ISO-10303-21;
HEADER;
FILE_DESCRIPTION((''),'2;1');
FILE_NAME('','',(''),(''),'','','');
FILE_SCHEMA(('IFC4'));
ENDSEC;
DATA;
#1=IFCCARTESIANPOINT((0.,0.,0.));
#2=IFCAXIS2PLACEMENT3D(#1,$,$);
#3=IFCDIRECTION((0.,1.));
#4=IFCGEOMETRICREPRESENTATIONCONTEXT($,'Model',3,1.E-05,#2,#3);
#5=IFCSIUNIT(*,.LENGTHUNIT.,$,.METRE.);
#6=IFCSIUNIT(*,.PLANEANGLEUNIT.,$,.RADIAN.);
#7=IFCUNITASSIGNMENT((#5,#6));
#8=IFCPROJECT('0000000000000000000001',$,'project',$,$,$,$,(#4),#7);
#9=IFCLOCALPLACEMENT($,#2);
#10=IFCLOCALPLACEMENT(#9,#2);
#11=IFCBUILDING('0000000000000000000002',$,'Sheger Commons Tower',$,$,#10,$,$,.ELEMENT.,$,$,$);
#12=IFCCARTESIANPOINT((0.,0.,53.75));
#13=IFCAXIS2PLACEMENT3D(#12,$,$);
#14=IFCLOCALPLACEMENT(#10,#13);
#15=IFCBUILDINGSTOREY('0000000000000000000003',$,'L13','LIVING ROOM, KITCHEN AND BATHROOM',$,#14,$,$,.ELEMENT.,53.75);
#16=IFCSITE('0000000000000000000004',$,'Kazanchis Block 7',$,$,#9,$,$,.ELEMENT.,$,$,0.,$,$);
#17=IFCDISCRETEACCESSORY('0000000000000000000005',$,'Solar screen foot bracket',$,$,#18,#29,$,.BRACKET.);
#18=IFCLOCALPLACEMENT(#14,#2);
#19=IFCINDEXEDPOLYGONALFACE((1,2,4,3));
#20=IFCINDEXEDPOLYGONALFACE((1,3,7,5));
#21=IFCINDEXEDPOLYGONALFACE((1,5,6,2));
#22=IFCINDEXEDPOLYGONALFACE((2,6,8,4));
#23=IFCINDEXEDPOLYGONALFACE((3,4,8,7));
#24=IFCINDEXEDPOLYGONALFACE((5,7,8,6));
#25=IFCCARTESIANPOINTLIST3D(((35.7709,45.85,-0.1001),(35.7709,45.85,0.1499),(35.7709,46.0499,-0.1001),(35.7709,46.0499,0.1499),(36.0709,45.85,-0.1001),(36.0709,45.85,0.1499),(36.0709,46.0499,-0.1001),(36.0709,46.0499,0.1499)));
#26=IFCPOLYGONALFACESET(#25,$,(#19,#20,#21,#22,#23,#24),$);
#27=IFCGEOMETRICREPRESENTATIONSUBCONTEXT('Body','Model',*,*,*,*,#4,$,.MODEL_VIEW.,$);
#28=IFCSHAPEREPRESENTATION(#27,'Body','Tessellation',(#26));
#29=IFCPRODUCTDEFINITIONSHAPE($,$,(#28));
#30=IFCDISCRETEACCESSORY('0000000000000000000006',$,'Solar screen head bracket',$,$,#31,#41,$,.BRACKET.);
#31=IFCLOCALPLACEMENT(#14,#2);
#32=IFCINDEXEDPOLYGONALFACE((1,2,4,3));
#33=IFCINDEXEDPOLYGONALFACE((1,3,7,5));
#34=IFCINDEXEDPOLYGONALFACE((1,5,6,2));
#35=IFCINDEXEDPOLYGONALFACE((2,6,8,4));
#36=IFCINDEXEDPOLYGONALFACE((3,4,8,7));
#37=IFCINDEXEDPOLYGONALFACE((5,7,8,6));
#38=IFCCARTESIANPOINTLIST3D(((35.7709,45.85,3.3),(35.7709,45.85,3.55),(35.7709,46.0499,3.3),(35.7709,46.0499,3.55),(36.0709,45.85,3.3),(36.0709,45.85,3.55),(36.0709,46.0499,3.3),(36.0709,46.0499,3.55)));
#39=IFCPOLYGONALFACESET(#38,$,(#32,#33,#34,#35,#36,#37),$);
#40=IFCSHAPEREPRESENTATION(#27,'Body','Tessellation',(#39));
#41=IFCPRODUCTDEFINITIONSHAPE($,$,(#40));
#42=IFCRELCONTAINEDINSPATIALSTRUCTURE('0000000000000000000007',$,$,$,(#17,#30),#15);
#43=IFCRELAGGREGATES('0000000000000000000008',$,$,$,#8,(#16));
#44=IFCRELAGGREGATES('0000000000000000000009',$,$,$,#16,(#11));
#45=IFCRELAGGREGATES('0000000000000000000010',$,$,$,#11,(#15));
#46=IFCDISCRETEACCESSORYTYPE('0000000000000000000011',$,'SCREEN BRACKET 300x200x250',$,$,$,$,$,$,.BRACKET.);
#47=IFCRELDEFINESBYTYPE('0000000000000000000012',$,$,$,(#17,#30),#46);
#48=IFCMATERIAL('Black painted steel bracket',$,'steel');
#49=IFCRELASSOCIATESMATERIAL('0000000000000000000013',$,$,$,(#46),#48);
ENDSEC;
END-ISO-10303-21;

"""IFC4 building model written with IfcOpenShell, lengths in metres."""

from ifc_helpers import new_model, si_unit, direction, frame, origin, origin_2d, place, context, subcontext, project, spatial, rectangle, extrude, material, type_object, element, save


model = new_model("IFC4")

# Units and contexts
model_context = context("Model", 3, precision=1e-05, world=origin(), true_north=direction((0.0, 1.0)))
body_context = subcontext(model_context, "Body", "Model", "MODEL_VIEW")
ifc_project = project(units=[si_unit("LENGTHUNIT", "METRE"), si_unit("PLANEANGLEUNIT", "RADIAN")], contexts=[model_context])

# Site, building, storey
site_placement = place(None, origin())
site = spatial("IfcSite", under=ifc_project, at=site_placement, Name="Kazanchis Block 7", CompositionType="ELEMENT", RefElevation=0.0)
building_placement = place(site_placement, origin())
building = spatial("IfcBuilding", under=site, at=building_placement, Name="Sheger Commons Tower", CompositionType="ELEMENT")
storey_placement = place(building_placement, frame((0.0, 0.0, 53.75)))
storey = spatial("IfcBuildingStorey", under=building, at=storey_placement, Name="L13", Description="LIVING ROOM, KITCHEN AND BATHROOM", CompositionType="ELEMENT", Elevation=53.75)

# Discrete accessories
ifc_material_1 = material(Name="Black painted steel bracket", Category="steel")
discrete_accessory_type = type_object("IfcDiscreteAccessoryType", Name="SCREEN BRACKET 300x200x250", PredefinedType="BRACKET", material=ifc_material_1)
for number, where, z_axis, x_axis, name in (
    (1, (35.9209, 45.95, -0.1001), (0.0, 0.0, 1.0), (-1.0, 0.0, 0.0), "Solar screen foot bracket"),
    (2, (35.9209, 45.95, 3.3), (0.0, 0.0, 1.0), (-1.0, 0.0, 0.0), "Solar screen head bracket"),
):
    element("IfcDiscreteAccessory", number, at=place(storey_placement, frame(where, z_axis=z_axis, x_axis=x_axis)), inside=storey, type_object=discrete_accessory_type, Name=name, PredefinedType="BRACKET", context=body_context, shape_type="SweptSolid", body=[
        extrude(rectangle(XDim=0.3, YDim=0.2, at=origin_2d()), origin(), (0.0, 0.0, 1.0), 0.25),
    ])

save(model, "model.ifc")
